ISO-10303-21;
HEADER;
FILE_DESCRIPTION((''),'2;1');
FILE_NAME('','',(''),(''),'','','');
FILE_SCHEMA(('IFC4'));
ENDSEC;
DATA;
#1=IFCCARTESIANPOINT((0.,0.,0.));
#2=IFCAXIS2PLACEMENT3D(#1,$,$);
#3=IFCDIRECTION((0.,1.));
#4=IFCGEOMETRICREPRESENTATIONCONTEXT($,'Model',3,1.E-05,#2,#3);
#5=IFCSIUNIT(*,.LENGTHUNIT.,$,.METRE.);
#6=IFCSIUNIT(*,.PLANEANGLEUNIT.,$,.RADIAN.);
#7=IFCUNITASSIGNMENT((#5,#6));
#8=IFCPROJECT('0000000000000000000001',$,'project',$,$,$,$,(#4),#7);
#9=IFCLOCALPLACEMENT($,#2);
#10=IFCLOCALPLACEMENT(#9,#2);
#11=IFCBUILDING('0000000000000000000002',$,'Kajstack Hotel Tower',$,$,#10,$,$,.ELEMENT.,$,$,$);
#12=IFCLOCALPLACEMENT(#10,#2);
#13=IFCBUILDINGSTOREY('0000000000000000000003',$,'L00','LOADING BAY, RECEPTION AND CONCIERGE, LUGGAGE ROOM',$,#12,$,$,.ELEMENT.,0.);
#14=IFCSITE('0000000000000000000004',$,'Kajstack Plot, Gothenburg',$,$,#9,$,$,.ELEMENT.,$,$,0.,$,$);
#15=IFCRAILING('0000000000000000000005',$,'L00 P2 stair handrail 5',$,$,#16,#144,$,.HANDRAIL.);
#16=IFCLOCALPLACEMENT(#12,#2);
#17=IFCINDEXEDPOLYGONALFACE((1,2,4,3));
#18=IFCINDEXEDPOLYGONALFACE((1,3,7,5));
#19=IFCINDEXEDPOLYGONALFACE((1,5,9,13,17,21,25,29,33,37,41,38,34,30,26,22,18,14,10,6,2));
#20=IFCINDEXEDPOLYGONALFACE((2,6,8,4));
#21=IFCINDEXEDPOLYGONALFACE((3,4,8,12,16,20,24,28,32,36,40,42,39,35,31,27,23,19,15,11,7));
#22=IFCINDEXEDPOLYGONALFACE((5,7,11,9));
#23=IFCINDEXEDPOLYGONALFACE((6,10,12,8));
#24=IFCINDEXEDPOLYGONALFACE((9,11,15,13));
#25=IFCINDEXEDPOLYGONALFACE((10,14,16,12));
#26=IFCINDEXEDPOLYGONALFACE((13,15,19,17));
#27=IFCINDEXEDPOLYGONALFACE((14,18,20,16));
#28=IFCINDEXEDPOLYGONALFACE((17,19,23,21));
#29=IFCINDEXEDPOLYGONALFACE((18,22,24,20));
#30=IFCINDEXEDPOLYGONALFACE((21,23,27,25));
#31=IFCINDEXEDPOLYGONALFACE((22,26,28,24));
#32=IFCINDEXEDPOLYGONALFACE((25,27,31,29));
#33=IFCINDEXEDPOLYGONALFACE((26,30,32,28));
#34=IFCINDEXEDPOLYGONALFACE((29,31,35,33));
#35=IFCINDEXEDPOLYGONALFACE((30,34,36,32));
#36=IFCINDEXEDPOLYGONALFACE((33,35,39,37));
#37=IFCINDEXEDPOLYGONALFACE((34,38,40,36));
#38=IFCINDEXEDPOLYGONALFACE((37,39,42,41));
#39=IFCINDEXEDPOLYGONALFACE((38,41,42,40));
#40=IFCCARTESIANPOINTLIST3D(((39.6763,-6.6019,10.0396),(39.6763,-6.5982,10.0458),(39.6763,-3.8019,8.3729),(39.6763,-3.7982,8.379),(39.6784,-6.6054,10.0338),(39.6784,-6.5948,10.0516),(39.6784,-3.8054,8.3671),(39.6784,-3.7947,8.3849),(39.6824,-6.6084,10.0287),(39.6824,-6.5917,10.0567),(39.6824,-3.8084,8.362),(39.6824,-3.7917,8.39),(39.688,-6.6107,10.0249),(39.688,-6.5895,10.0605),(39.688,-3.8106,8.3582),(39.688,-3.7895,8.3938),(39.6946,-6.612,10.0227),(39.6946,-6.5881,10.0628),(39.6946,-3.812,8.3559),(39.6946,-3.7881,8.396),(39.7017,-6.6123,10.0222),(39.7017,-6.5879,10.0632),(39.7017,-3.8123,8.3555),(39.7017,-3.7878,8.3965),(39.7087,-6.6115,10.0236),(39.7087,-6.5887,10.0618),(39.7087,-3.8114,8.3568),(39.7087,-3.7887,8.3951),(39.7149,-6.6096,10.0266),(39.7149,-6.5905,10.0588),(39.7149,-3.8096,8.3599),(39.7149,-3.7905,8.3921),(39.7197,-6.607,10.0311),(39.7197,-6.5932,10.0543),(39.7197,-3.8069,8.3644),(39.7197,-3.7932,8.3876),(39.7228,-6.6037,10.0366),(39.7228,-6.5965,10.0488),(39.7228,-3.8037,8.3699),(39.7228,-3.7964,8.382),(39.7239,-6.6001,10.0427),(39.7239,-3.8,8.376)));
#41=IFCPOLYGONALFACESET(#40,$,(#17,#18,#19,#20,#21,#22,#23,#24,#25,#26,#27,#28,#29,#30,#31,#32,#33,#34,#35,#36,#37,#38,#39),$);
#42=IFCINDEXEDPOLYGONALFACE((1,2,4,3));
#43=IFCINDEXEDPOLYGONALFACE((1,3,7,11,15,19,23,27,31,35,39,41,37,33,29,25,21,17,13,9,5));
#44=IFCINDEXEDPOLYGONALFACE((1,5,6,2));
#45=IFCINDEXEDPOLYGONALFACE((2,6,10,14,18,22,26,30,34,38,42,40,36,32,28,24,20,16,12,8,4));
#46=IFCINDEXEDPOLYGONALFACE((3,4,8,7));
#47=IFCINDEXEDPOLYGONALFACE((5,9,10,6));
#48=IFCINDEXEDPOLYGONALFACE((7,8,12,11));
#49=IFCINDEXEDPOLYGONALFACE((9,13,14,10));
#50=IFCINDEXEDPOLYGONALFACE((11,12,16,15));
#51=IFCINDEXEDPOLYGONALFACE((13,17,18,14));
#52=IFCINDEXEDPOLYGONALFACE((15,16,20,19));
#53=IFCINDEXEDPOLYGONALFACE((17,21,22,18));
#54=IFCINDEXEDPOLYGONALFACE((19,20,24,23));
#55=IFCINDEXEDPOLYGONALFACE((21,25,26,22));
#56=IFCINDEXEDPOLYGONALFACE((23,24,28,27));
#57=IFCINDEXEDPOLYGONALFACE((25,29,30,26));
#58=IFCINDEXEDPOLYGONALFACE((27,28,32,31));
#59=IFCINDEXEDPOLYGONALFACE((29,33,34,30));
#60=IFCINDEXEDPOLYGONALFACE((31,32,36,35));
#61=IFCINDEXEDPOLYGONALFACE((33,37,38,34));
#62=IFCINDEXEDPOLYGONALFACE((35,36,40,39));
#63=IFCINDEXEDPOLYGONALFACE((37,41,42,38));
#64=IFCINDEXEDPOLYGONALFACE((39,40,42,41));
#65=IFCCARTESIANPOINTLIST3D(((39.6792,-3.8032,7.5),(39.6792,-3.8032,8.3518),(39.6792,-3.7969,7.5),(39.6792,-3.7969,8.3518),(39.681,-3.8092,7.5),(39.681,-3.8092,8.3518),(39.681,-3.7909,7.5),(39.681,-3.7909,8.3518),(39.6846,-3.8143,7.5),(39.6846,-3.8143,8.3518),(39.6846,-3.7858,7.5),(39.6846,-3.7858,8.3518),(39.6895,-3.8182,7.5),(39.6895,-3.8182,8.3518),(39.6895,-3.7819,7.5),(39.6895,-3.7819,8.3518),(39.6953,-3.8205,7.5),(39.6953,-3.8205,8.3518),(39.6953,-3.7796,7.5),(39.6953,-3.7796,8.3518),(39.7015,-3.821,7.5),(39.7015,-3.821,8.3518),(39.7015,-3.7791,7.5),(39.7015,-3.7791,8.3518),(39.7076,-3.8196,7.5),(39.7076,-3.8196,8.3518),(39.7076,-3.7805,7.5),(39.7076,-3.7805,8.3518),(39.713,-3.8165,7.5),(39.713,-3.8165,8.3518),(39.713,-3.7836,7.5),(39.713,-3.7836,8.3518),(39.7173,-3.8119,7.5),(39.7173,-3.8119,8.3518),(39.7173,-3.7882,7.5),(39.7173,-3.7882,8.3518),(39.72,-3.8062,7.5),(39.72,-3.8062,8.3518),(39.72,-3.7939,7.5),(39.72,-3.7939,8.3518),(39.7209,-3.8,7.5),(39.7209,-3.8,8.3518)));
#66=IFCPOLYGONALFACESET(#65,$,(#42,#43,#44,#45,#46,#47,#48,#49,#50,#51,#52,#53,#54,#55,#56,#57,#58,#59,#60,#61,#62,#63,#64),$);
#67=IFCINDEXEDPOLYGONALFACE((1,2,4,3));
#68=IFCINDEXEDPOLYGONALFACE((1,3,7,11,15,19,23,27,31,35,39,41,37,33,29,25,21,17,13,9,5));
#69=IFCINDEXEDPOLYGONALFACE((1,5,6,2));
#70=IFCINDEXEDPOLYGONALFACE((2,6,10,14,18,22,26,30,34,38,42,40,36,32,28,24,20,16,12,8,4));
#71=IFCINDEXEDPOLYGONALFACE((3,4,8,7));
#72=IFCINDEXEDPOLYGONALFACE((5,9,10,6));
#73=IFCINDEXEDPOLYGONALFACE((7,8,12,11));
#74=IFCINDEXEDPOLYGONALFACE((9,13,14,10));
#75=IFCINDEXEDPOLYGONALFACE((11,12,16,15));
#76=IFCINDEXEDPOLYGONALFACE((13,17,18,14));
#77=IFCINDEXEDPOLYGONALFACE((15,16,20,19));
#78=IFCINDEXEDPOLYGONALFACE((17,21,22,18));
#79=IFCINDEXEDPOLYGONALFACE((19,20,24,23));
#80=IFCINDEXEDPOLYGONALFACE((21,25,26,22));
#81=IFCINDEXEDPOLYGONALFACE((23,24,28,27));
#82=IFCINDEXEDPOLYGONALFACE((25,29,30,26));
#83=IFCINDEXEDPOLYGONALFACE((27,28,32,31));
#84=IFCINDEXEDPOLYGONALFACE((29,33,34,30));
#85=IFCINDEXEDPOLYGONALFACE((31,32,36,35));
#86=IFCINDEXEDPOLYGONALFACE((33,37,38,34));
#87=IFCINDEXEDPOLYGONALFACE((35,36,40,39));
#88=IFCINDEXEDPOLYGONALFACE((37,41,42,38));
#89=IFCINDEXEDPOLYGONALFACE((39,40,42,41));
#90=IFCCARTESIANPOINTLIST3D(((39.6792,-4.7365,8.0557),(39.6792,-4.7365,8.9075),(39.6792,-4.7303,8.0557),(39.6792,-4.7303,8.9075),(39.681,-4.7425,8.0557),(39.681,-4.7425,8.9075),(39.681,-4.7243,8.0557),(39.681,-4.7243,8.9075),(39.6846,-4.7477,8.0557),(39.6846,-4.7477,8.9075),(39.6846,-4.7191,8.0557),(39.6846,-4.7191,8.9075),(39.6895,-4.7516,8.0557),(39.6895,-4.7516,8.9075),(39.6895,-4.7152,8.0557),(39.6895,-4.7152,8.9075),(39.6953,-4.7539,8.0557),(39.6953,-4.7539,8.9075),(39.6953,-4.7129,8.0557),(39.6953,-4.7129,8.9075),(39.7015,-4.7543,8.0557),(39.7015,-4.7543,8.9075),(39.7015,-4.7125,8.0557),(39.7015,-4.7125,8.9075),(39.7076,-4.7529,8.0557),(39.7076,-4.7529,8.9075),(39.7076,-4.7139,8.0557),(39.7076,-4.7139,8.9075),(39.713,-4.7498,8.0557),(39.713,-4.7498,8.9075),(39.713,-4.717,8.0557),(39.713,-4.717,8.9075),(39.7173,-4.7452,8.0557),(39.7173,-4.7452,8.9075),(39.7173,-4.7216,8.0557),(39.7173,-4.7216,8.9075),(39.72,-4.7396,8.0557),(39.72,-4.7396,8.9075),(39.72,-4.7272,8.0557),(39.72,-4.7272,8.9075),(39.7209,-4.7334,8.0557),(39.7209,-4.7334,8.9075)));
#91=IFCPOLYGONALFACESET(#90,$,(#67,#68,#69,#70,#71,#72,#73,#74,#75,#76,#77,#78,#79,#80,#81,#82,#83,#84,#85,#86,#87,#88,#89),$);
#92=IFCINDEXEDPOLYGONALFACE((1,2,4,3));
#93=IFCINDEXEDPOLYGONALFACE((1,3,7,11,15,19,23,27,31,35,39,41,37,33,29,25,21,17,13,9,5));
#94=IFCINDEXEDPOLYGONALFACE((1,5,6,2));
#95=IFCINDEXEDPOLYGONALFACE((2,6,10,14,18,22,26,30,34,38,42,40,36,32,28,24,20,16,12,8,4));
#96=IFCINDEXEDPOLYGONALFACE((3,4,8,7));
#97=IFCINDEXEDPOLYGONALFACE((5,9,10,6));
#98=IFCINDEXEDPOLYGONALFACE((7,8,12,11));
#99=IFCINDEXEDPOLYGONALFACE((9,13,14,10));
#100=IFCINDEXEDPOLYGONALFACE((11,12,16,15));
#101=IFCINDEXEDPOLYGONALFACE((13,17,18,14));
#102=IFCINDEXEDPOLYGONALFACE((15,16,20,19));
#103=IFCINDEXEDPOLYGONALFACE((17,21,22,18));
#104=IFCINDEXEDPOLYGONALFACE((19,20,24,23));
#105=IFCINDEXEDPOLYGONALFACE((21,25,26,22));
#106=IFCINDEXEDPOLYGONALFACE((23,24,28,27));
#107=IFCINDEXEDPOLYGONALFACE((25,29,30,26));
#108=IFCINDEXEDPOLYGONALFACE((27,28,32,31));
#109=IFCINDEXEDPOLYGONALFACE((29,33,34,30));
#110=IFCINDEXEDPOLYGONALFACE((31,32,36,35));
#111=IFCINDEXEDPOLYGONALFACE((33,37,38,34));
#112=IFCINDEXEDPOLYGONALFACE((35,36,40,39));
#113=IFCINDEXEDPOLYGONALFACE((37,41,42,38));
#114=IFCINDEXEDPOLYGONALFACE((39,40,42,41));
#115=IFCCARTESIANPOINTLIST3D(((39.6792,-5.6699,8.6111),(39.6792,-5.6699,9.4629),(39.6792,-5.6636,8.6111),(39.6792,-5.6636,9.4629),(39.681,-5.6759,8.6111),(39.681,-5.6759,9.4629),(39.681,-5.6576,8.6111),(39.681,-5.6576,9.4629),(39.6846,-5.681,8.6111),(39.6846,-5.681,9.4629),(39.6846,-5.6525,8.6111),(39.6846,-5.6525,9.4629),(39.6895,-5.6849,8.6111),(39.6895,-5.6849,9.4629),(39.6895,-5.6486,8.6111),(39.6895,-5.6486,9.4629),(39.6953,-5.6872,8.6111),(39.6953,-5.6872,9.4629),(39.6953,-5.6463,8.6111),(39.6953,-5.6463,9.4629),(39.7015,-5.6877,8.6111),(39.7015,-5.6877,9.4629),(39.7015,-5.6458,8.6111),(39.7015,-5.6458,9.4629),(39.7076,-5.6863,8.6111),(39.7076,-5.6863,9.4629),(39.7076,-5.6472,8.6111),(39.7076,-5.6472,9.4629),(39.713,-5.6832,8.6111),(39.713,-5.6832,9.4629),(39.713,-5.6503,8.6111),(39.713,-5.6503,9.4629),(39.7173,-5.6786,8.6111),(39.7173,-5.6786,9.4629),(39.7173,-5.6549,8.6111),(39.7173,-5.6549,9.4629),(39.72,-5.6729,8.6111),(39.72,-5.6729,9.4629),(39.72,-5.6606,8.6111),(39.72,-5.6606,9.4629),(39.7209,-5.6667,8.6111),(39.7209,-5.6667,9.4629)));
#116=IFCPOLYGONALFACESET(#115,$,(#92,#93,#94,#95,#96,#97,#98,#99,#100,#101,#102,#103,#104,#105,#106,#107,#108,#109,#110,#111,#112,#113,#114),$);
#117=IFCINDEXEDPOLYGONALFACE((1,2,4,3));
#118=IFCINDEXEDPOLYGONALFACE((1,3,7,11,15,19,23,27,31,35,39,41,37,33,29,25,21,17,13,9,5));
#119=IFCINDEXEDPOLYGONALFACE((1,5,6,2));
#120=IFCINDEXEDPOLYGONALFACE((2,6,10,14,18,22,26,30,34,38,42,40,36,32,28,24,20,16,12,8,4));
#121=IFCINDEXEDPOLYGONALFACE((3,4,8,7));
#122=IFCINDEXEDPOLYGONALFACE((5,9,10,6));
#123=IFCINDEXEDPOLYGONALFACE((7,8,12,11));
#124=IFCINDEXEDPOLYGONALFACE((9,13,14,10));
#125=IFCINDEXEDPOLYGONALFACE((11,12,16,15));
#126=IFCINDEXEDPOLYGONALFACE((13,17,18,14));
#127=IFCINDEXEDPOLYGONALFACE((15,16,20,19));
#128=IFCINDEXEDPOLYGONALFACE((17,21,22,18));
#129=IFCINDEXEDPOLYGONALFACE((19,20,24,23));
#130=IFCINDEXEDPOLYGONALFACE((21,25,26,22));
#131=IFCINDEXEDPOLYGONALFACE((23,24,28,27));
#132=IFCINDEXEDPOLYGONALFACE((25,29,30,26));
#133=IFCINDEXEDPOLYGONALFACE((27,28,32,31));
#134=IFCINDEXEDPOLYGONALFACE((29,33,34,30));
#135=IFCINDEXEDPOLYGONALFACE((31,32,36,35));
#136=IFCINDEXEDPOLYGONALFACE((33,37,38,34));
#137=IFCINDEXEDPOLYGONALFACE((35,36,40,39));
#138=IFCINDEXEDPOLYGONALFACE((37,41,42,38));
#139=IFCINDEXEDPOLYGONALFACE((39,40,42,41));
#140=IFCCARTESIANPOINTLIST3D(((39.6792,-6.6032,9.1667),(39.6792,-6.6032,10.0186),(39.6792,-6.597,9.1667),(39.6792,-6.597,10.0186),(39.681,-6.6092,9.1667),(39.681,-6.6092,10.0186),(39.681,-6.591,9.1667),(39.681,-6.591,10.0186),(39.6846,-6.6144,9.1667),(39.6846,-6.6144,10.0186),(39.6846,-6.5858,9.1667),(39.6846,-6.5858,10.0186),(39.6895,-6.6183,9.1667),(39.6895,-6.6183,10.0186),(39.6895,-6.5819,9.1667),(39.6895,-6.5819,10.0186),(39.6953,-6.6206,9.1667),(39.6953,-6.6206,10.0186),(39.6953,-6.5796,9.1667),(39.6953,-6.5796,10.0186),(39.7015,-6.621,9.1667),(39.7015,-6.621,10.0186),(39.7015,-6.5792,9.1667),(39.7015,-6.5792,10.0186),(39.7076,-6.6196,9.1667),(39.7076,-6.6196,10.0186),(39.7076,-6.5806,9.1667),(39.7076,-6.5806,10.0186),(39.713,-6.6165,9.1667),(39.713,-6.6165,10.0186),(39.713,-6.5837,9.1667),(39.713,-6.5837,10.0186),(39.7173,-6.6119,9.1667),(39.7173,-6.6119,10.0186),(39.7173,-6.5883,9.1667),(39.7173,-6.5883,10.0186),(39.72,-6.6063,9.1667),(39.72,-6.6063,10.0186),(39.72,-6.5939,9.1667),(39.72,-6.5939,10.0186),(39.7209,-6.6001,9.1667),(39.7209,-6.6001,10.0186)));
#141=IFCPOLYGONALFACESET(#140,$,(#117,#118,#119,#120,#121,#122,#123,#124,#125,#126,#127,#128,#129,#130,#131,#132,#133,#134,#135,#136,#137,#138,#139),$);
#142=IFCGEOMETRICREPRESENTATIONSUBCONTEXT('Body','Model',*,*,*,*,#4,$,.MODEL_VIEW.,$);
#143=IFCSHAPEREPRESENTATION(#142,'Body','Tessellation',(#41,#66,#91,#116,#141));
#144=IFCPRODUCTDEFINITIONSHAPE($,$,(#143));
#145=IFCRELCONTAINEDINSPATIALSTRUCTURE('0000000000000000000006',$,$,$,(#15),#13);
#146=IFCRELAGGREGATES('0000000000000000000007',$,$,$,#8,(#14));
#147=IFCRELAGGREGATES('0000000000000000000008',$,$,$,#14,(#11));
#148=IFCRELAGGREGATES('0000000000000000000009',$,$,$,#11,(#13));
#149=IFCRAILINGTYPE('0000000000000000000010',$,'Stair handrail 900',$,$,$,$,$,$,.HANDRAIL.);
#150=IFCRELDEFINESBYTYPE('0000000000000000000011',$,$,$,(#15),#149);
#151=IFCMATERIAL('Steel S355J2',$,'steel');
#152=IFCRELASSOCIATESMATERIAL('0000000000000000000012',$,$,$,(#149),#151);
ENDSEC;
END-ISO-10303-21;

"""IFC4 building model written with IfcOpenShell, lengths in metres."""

from ifc_helpers import new_model, si_unit, direction, frame, origin, origin_2d, place, context, subcontext, project, spatial, circle, extrude, material, type_object, element, save


model = new_model("IFC4")

# Units and contexts
model_context = context("Model", 3, precision=1e-05, world=origin(), true_north=direction((0.0, 1.0)))
body_context = subcontext(model_context, "Body", "Model", "MODEL_VIEW")
ifc_project = project(units=[si_unit("LENGTHUNIT", "METRE"), si_unit("PLANEANGLEUNIT", "RADIAN")], contexts=[model_context])

# Site, building, storey
site_placement = place(None, origin())
site = spatial("IfcSite", under=ifc_project, at=site_placement, Name="Kajstack Plot, Gothenburg", CompositionType="ELEMENT", RefElevation=0.0)
building_placement = place(site_placement, origin())
building = spatial("IfcBuilding", under=site, at=building_placement, Name="Kajstack Hotel Tower", CompositionType="ELEMENT")
storey_placement = place(building_placement, origin())
storey = spatial("IfcBuildingStorey", under=building, at=storey_placement, Name="L00", Description="LOADING BAY, RECEPTION AND CONCIERGE, LUGGAGE ROOM", CompositionType="ELEMENT", Elevation=0.0)

# Railing
ifc_material_1 = material(Name="Steel S355J2", Category="steel")
railing_type_1 = type_object("IfcRailingType", Name="Stair handrail 900", PredefinedType="HANDRAIL", material=ifc_material_1)
railing_1_placement = place(storey_placement, frame((39.7, -3.8, 7.5)))
element("IfcRailing", 1, at=railing_1_placement, inside=storey, type_object=railing_type_1, Name="L00 P2 stair handrail 5", PredefinedType="HANDRAIL", context=body_context, shape_type="SweptSolid", body=[
    extrude(circle(Radius=0.0239, at=origin_2d()), frame((0.0, 0.0, 0.876), z_axis=(0.0, -0.859286, 0.511496), x_axis=(1.0, 0.0, 0.0)), (0.0, 0.0, 1.0), 3.2585),
    extrude(circle(Radius=0.021, at=origin_2d()), origin(), (0.0, 0.0, 1.0), 0.8518),
    extrude(circle(Radius=0.021, at=origin_2d()), frame((0.0, -0.9333, 0.5557)), (0.0, 0.0, 1.0), 0.8518),
    extrude(circle(Radius=0.021, at=origin_2d()), frame((0.0, -1.8667, 1.1111)), (0.0, 0.0, 1.0), 0.8518),
    extrude(circle(Radius=0.021, at=origin_2d()), frame((0.0, -2.8, 1.6667)), (0.0, 0.0, 1.0), 0.8518),
])

save(model, "model.ifc")
